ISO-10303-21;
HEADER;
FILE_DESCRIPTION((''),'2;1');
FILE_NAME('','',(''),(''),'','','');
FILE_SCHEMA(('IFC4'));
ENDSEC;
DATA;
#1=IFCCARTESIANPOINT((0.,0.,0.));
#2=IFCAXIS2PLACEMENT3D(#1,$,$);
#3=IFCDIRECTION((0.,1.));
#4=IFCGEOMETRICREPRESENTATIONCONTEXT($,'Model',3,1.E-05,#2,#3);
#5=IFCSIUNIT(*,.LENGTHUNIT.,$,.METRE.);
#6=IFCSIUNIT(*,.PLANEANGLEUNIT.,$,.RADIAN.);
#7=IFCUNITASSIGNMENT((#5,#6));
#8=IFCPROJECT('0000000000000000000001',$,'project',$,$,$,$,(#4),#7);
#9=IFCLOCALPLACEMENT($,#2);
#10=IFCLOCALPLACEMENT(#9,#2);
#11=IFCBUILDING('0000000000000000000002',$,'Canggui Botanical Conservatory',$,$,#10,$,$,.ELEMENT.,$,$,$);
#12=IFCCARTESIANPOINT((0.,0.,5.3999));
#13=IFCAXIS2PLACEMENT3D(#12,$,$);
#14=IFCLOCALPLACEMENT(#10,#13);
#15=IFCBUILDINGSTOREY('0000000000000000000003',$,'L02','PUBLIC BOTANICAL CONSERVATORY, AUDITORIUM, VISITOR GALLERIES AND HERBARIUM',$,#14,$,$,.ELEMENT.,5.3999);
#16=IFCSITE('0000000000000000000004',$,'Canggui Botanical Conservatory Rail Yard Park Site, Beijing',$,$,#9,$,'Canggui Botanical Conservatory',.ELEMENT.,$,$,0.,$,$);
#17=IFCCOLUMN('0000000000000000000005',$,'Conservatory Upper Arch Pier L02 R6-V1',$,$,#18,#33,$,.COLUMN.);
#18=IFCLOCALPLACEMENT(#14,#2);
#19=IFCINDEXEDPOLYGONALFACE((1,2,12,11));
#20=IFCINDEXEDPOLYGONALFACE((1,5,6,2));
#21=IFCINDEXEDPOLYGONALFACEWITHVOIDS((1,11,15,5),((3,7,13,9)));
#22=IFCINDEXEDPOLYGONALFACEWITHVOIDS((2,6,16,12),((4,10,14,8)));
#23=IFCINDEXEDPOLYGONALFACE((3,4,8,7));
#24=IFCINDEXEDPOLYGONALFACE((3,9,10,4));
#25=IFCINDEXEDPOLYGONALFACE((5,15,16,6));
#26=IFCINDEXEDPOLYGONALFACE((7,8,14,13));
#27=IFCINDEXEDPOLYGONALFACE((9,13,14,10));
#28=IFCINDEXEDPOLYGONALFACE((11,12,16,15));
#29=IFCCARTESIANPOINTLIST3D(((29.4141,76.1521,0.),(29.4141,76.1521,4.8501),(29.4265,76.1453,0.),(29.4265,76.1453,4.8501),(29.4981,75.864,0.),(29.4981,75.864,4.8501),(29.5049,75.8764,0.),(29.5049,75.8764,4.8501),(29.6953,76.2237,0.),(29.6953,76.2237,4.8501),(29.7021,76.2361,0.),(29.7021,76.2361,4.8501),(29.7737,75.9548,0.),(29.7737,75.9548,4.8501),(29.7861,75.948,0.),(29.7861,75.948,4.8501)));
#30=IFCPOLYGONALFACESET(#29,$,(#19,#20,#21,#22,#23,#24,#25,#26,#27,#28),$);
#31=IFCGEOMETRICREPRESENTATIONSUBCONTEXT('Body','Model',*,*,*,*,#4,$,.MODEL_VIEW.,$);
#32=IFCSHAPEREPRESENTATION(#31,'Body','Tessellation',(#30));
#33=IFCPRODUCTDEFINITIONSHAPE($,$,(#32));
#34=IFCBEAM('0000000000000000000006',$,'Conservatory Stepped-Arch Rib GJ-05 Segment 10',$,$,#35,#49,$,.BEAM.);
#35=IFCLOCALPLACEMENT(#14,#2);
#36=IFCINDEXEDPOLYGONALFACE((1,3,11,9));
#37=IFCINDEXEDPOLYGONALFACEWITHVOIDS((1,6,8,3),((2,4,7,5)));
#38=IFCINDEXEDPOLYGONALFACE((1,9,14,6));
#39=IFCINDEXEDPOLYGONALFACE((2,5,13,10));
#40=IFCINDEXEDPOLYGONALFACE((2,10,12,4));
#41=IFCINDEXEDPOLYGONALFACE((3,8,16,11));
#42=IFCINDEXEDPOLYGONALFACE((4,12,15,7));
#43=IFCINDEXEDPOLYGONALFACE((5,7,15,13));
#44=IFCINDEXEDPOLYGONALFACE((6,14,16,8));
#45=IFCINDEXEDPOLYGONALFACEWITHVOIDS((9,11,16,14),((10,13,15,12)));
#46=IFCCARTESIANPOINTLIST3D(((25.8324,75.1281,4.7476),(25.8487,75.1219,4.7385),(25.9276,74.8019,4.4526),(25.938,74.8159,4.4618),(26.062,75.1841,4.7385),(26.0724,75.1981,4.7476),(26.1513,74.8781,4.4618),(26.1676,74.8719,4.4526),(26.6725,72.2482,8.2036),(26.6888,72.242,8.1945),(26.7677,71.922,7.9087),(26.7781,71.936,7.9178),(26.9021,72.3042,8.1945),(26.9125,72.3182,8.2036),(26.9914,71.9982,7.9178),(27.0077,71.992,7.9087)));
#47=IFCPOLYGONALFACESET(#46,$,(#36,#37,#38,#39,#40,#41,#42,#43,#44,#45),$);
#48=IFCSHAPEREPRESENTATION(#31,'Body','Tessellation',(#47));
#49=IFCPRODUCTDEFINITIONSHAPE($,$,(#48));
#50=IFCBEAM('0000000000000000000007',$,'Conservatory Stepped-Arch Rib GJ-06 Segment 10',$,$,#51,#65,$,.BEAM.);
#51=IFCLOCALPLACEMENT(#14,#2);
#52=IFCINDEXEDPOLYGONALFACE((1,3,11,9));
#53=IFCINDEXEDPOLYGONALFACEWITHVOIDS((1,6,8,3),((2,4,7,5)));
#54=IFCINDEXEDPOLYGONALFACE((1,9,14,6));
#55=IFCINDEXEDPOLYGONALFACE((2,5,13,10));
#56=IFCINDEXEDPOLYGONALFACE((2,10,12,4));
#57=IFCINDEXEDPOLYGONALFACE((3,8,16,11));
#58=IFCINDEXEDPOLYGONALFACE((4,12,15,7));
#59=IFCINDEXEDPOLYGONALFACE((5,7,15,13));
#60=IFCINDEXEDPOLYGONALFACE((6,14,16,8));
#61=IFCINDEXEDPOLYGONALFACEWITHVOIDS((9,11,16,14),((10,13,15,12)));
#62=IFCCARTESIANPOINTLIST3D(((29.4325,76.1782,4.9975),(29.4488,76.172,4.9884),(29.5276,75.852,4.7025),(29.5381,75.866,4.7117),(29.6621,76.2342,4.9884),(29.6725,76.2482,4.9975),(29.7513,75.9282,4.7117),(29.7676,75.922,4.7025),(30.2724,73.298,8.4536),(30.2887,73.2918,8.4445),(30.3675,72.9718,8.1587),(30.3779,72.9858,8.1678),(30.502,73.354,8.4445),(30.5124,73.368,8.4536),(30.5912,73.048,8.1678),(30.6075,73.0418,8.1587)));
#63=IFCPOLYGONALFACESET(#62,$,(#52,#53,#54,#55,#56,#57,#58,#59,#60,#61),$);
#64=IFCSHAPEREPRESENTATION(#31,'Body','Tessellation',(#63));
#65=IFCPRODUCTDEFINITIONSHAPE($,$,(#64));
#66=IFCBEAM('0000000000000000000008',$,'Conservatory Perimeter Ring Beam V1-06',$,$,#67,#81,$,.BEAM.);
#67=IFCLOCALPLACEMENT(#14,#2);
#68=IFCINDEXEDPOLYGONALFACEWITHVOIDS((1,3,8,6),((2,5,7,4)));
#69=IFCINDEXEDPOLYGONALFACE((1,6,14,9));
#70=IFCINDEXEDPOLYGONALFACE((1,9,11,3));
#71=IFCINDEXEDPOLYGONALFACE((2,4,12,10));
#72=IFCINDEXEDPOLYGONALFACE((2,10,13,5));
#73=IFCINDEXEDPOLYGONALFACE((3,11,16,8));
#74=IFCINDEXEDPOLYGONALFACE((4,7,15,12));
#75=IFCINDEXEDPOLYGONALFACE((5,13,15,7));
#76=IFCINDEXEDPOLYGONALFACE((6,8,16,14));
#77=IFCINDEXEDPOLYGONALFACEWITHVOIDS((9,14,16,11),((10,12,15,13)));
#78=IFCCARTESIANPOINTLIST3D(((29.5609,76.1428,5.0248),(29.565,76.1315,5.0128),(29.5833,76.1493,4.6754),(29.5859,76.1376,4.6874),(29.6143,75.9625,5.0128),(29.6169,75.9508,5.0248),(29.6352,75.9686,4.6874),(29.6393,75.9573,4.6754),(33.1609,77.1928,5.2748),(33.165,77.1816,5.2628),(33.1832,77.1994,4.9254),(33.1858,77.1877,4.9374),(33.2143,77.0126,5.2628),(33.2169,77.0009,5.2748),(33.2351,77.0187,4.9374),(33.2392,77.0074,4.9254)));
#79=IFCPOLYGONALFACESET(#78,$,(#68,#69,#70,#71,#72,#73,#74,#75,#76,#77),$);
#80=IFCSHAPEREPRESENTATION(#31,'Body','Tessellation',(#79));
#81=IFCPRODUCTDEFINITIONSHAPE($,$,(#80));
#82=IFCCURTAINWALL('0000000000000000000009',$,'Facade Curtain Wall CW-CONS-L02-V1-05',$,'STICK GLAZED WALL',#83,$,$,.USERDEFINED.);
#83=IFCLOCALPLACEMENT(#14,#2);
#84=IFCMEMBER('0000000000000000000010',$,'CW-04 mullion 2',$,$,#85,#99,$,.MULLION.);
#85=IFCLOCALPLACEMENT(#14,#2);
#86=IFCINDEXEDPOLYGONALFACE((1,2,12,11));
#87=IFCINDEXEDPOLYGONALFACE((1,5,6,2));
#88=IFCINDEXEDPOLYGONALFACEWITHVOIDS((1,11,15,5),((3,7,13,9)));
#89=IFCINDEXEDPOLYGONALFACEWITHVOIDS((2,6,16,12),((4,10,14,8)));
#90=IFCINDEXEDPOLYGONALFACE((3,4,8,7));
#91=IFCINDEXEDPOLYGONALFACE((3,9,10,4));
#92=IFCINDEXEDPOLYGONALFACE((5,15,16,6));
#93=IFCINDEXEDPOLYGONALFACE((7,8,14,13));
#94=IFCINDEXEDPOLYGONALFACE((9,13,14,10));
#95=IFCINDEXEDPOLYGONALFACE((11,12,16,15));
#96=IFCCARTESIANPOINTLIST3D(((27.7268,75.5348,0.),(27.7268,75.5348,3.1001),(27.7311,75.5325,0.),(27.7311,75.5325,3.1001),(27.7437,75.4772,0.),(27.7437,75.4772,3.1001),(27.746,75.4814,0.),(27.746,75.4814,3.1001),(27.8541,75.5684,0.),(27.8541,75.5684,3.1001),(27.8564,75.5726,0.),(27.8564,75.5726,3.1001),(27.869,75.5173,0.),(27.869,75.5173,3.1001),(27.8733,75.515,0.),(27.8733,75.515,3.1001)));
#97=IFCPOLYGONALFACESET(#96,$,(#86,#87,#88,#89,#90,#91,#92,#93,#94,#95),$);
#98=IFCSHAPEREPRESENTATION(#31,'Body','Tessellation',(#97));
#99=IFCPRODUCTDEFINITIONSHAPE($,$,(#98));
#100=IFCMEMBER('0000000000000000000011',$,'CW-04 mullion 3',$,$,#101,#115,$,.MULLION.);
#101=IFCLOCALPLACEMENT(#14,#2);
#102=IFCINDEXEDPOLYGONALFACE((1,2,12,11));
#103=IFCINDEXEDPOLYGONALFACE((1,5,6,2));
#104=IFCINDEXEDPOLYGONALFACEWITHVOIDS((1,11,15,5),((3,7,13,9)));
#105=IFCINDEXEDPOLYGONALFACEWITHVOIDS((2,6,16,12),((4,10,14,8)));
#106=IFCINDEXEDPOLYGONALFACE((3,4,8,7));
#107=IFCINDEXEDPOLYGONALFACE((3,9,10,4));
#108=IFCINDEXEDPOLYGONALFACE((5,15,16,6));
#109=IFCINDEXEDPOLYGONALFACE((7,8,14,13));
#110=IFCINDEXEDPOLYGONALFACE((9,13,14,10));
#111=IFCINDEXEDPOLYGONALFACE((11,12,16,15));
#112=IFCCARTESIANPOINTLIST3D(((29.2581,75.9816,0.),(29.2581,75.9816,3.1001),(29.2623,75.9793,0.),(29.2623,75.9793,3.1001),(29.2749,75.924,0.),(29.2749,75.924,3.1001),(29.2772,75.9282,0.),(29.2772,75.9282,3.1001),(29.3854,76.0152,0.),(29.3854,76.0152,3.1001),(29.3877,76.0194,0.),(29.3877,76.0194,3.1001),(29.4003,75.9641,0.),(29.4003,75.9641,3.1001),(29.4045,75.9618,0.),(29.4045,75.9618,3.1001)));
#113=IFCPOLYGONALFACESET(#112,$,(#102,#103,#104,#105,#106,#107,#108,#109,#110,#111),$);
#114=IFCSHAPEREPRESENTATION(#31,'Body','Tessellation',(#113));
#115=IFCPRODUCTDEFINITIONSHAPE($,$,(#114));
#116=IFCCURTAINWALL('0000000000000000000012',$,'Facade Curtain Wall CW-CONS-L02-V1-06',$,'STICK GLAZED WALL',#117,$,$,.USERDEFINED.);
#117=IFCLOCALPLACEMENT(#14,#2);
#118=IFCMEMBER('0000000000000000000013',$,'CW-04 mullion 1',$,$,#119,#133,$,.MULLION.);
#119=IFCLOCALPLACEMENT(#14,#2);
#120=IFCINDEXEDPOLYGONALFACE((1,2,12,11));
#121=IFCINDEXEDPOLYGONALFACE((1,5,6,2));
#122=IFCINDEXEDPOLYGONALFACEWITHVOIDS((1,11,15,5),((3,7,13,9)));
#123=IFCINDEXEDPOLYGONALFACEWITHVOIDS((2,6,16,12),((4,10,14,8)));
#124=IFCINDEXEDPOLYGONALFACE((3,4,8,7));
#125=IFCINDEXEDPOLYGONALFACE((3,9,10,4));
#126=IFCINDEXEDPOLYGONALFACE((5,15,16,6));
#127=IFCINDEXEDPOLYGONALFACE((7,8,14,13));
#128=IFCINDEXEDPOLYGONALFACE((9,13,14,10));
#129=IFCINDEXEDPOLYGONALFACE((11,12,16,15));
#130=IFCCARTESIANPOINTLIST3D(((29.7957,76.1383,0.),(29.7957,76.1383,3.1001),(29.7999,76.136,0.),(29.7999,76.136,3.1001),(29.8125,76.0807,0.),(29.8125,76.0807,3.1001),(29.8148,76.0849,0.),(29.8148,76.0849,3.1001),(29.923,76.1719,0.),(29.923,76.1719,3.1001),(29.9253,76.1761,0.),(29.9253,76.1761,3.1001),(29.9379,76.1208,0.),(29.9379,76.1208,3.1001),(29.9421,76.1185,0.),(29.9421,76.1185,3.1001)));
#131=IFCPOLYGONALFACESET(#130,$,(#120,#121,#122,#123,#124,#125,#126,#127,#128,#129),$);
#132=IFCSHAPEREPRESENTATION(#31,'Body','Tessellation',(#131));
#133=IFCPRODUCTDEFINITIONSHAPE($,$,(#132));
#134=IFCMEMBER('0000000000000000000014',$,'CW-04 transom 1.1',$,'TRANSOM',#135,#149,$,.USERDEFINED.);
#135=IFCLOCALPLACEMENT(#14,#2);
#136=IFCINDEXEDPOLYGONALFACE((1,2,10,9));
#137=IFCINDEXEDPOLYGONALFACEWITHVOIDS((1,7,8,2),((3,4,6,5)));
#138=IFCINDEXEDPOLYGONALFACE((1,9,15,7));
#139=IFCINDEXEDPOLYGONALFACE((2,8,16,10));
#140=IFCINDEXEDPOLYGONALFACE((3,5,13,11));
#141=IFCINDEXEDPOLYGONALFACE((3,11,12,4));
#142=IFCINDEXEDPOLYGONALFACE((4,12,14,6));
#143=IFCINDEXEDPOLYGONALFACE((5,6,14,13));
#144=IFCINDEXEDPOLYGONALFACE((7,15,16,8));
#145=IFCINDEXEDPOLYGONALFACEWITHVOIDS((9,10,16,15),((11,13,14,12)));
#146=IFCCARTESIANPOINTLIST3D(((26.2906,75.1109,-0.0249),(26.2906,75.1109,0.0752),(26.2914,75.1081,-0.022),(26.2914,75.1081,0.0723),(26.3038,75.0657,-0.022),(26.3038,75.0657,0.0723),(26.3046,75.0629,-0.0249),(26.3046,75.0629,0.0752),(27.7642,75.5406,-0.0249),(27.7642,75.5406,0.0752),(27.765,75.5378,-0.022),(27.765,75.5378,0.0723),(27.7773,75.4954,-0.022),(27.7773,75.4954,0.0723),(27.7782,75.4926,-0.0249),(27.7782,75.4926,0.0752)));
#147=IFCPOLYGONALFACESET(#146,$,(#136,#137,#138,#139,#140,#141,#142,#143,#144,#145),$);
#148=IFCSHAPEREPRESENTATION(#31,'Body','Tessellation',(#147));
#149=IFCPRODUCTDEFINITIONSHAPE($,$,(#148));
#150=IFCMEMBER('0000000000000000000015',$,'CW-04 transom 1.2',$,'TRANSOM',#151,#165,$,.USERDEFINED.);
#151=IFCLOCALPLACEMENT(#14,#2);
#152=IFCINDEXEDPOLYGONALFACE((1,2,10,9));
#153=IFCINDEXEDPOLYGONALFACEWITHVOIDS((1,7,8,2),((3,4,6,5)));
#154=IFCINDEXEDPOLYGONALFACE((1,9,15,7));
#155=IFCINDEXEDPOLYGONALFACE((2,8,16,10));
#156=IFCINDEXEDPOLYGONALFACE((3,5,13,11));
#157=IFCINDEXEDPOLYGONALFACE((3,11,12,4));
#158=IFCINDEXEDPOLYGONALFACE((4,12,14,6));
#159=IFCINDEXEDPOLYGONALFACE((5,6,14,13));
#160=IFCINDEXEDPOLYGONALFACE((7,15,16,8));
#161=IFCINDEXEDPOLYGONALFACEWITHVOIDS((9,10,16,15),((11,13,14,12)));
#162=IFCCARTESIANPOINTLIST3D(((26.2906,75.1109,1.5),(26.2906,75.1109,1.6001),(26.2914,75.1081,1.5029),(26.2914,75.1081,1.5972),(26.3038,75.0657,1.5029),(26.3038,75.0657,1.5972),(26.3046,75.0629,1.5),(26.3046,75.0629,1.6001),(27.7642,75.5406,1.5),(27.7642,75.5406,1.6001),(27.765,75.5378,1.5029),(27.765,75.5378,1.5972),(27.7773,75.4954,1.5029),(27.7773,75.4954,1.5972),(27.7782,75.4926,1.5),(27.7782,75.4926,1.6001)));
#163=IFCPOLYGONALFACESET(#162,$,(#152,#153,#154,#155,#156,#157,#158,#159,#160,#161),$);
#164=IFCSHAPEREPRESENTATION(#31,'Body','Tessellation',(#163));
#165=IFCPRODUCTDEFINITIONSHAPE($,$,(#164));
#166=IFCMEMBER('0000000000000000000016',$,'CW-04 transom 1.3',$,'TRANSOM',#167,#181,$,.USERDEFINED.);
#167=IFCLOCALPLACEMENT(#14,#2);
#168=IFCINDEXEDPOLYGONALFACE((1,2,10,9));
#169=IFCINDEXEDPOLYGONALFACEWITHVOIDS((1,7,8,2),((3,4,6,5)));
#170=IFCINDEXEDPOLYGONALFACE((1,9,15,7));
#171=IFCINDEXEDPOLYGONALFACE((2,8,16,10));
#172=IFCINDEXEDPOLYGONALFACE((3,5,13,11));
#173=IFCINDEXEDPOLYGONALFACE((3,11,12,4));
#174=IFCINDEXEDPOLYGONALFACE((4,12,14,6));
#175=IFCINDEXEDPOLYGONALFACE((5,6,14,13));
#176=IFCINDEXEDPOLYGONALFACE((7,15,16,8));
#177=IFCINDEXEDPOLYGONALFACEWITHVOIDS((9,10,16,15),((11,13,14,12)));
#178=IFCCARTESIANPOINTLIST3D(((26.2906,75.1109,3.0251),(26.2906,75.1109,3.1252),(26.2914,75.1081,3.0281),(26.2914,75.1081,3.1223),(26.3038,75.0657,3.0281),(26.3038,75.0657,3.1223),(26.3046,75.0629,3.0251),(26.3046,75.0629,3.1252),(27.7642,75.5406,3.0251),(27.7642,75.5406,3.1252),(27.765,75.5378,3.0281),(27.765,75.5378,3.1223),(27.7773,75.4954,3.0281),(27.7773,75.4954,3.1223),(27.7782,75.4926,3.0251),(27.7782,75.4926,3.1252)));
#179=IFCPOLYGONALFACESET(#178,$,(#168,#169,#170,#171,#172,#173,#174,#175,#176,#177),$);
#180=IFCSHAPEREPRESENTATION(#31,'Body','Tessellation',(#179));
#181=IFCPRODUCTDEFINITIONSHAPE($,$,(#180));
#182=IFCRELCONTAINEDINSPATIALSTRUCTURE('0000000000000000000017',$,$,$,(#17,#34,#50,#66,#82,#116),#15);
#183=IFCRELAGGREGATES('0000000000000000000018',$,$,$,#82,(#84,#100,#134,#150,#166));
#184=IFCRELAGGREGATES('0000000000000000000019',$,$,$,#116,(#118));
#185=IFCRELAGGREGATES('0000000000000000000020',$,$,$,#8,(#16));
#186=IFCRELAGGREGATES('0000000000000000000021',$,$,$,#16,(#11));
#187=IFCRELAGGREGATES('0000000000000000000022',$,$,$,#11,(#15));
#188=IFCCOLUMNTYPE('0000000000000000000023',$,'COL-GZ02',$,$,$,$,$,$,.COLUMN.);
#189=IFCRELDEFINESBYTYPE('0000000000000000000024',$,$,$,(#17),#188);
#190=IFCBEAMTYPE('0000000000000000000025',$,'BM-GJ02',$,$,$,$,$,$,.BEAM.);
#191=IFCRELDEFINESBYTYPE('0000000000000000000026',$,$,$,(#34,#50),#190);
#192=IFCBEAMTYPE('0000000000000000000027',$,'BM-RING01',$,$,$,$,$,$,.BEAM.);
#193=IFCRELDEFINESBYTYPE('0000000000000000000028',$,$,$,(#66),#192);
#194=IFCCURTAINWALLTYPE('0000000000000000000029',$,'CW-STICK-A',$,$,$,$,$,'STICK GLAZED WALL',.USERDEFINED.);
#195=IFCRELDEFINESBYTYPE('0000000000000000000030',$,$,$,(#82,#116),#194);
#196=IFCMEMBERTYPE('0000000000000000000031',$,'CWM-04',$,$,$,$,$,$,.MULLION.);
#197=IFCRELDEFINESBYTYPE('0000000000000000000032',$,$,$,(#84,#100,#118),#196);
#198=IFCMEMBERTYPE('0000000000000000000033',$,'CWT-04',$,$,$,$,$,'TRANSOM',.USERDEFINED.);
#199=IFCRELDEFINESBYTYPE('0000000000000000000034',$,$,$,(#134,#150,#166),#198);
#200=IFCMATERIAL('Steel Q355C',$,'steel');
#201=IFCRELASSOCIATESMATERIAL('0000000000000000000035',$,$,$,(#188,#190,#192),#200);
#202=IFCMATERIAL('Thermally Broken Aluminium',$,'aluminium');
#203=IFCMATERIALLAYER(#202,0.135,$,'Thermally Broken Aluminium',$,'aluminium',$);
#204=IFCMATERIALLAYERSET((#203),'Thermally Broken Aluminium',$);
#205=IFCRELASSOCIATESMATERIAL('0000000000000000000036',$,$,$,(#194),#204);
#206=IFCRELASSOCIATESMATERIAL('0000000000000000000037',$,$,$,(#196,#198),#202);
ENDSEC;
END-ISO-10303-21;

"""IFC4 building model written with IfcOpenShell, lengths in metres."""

from ifc_helpers import new_model, si_unit, direction, frame, origin, origin_2d, place, context, subcontext, project, spatial, hollow_rectangle, extrude, material, layer, layer_set, material_profile, profile_set, type_object, element, aggregate, save


model = new_model("IFC4")

# Units and contexts
model_context = context("Model", 3, precision=1e-05, world=origin(), true_north=direction((0.0, 1.0)))
body_context = subcontext(model_context, "Body", "Model", "MODEL_VIEW")
ifc_project = project(units=[si_unit("LENGTHUNIT", "METRE"), si_unit("PLANEANGLEUNIT", "RADIAN")], contexts=[model_context])

# Site, building, storey
site_placement = place(None, origin())
site = spatial("IfcSite", under=ifc_project, at=site_placement, Name="Canggui Botanical Conservatory Rail Yard Park Site, Beijing", LongName="Canggui Botanical Conservatory", CompositionType="ELEMENT", RefElevation=0.0)
building_placement = place(site_placement, origin())
building = spatial("IfcBuilding", under=site, at=building_placement, Name="Canggui Botanical Conservatory", CompositionType="ELEMENT")
storey_placement = place(building_placement, frame((0.0, 0.0, 5.3999)))
storey = spatial("IfcBuildingStorey", under=building, at=storey_placement, Name="L02", Description="PUBLIC BOTANICAL CONSERVATORY, AUDITORIUM, VISITOR GALLERIES AND HERBARIUM", CompositionType="ELEMENT", Elevation=5.3999)

# Column
ifc_material_1 = material(Name="Steel Q355C", Category="steel")
ifc_material_profile_1 = material_profile(ifc_material_1, hollow_rectangle(XDim=0.3, YDim=0.3, WallThickness=0.01, at=origin_2d()), Name="SHS 300x300x10")
ifc_profile_set_1 = profile_set([ifc_material_profile_1], Name="Steel Q355C")
column_type = type_object("IfcColumnType", Name="COL-GZ02", PredefinedType="COLUMN", material=ifc_profile_set_1)
column_placement = place(storey_placement, frame((29.6001, 76.05, 0.0), z_axis=(0.0, 0.0, 1.0), x_axis=(0.96, 0.28, 0.0)))
element("IfcColumn", 1, at=column_placement, inside=storey, type_object=column_type, Name="Conservatory Upper Arch Pier L02 R6-V1", PredefinedType="COLUMN", context=body_context, shape_type="SweptSolid", body=[
    extrude(hollow_rectangle(XDim=0.3, YDim=0.3, WallThickness=0.01, at=origin_2d()), origin(), (0.0, 0.0, 1.0), 4.8501),
])

# Beams
ifc_material_profile_2 = material_profile(ifc_material_1, hollow_rectangle(XDim=0.25, YDim=0.45, WallThickness=0.0139, at=origin_2d()), Name="RHS 250x450x14")
ifc_profile_set_2 = profile_set([ifc_material_profile_2], Name="Steel Q355C")
beam_type_1 = type_object("IfcBeamType", Name="BM-GJ02", PredefinedType="BEAM", material=ifc_profile_set_2)
beam_1_placement = place(storey_placement, frame((26.8401, 72.1201, 8.0562), z_axis=(-0.183568, 0.629285, -0.755184), x_axis=(-0.959989, -0.280038, 0.0)))
element("IfcBeam", 2, at=beam_1_placement, inside=storey, type_object=beam_type_1, Name="Conservatory Stepped-Arch Rib GJ-05 Segment 10", PredefinedType="BEAM", context=body_context, shape_type="SweptSolid", body=[
    extrude(hollow_rectangle(XDim=0.25, YDim=0.45, WallThickness=0.0139, at=origin_2d()), origin(), (0.0, 0.0, 1.0), 4.5764),
])
beam_2_placement = place(storey_placement, frame((30.4399, 73.1699, 8.3062), z_axis=(-0.18351, 0.629323, -0.755166), x_axis=(-0.960017, -0.279941, 0.0)))
element("IfcBeam", 3, at=beam_2_placement, inside=storey, type_object=beam_type_1, Name="Conservatory Stepped-Arch Rib GJ-06 Segment 10", PredefinedType="BEAM", context=body_context, shape_type="SweptSolid", body=[
    extrude(hollow_rectangle(XDim=0.25, YDim=0.45, WallThickness=0.0139, at=origin_2d()), origin(), (0.0, 0.0, 1.0), 4.5767),
])
ifc_material_profile_3 = material_profile(ifc_material_1, hollow_rectangle(XDim=0.2, YDim=0.3501, WallThickness=0.012, at=origin_2d()), Name="RHS 200x350x12")
ifc_profile_set_3 = profile_set([ifc_material_profile_3], Name="Steel Q355C")
beam_type_2 = type_object("IfcBeamType", Name="BM-RING01", PredefinedType="BEAM", material=ifc_profile_set_3)
beam_3_placement = place(storey_placement, frame((29.6001, 76.05, 4.8501), z_axis=(0.957867, 0.279402, 0.066521), x_axis=(-0.280023, 0.959993, 0.0)))
element("IfcBeam", 4, at=beam_3_placement, inside=storey, type_object=beam_type_2, Name="Conservatory Perimeter Ring Beam V1-06", PredefinedType="BEAM", context=body_context, shape_type="SweptSolid", body=[
    extrude(hollow_rectangle(XDim=0.2, YDim=0.3501, WallThickness=0.012, at=origin_2d()), origin(), (0.0, 0.0, 1.0), 3.7583),
])

# Curtain wall, members
ifc_material_2 = material(Name="Thermally Broken Aluminium", Category="aluminium")
ifc_layer_1 = layer(ifc_material_2, 0.135, Name="Thermally Broken Aluminium", Category="aluminium")
ifc_layer_set_1 = layer_set([ifc_layer_1], Name="Thermally Broken Aluminium")
curtain_wall_type = type_object("IfcCurtainWallType", Name="CW-STICK-A", ElementType="STICK GLAZED WALL", PredefinedType="USERDEFINED", material=ifc_layer_set_1)
curtain_wall_1_placement = place(storey_placement, origin())
curtain_wall_1 = element("IfcCurtainWall", 5, at=curtain_wall_1_placement, inside=storey, type_object=curtain_wall_type, Name="Facade Curtain Wall CW-CONS-L02-V1-05", ObjectType="STICK GLAZED WALL", PredefinedType="USERDEFINED")
ifc_material_profile_4 = material_profile(ifc_material_2, hollow_rectangle(XDim=0.0601, YDim=0.135, WallThickness=0.0034, at=origin_2d()), Name="CWM 60x135x3.5")
ifc_profile_set_4 = profile_set([ifc_material_profile_4], Name="Thermally Broken Aluminium")
member_type_1 = type_object("IfcMemberType", Name="CWM-04", PredefinedType="MULLION", material=ifc_profile_set_4)
member_1_placement = place(storey_placement, frame((27.8, 75.5249, 0.0), z_axis=(0.0, 0.0, 1.0), x_axis=(-0.28, 0.96, 0.0)))
member_1 = element("IfcMember", 6, at=member_1_placement, type_object=member_type_1, Name="CW-04 mullion 2", PredefinedType="MULLION", context=body_context, shape_type="SweptSolid", body=[
    extrude(hollow_rectangle(XDim=0.0601, YDim=0.135, WallThickness=0.0034, at=origin_2d()), origin(), (0.0, 0.0, 1.0), 3.1001),
])
member_2_placement = place(storey_placement, frame((29.3313, 75.9717, 0.0), z_axis=(0.0, 0.0, 1.0), x_axis=(-0.28, 0.96, 0.0)))
member_2 = element("IfcMember", 7, at=member_2_placement, type_object=member_type_1, Name="CW-04 mullion 3", PredefinedType="MULLION", context=body_context, shape_type="SweptSolid", body=[
    extrude(hollow_rectangle(XDim=0.0601, YDim=0.135, WallThickness=0.0034, at=origin_2d()), origin(), (0.0, 0.0, 1.0), 3.1001),
])

# Curtain wall, member
curtain_wall_2_placement = place(storey_placement, origin())
curtain_wall_2 = element("IfcCurtainWall", 8, at=curtain_wall_2_placement, inside=storey, type_object=curtain_wall_type, Name="Facade Curtain Wall CW-CONS-L02-V1-06", ObjectType="STICK GLAZED WALL", PredefinedType="USERDEFINED")
member_3_placement = place(storey_placement, frame((29.8689, 76.1284, 0.0), z_axis=(0.0, 0.0, 1.0), x_axis=(-0.28, 0.96, 0.0)))
member_3 = element("IfcMember", 9, at=member_3_placement, type_object=member_type_1, Name="CW-04 mullion 1", PredefinedType="MULLION", context=body_context, shape_type="SweptSolid", body=[
    extrude(hollow_rectangle(XDim=0.0601, YDim=0.135, WallThickness=0.0034, at=origin_2d()), origin(), (0.0, 0.0, 1.0), 3.1001),
])

# Members
ifc_material_profile_5 = material_profile(ifc_material_2, hollow_rectangle(XDim=0.05, YDim=0.1001, WallThickness=0.0029, at=origin_2d()), Name="CWT 50x100x3")
ifc_profile_set_5 = profile_set([ifc_material_profile_5], Name="Thermally Broken Aluminium")
member_type_2 = type_object("IfcMemberType", Name="CWT-04", ElementType="TRANSOM", PredefinedType="USERDEFINED", material=ifc_profile_set_5)
member_4_placement = place(storey_placement, frame((26.2976, 75.0869, 0.0251), z_axis=(0.960021, 0.279927, 0.0), x_axis=(-0.279927, 0.960021, 0.0)))
member_4 = element("IfcMember", 10, at=member_4_placement, type_object=member_type_2, Name="CW-04 transom 1.1", ObjectType="TRANSOM", PredefinedType="USERDEFINED", context=body_context, shape_type="SweptSolid", body=[
    extrude(hollow_rectangle(XDim=0.05, YDim=0.1001, WallThickness=0.0029, at=origin_2d()), origin(), (0.0, 0.0, 1.0), 1.5349),
])
member_5_placement = place(storey_placement, frame((26.2976, 75.0869, 1.55), z_axis=(0.960021, 0.279927, 0.0), x_axis=(-0.279927, 0.960021, 0.0)))
member_5 = element("IfcMember", 11, at=member_5_placement, type_object=member_type_2, Name="CW-04 transom 1.2", ObjectType="TRANSOM", PredefinedType="USERDEFINED", context=body_context, shape_type="SweptSolid", body=[
    extrude(hollow_rectangle(XDim=0.05, YDim=0.1001, WallThickness=0.0029, at=origin_2d()), origin(), (0.0, 0.0, 1.0), 1.5349),
])
member_6_placement = place(storey_placement, frame((26.2976, 75.0869, 3.0752), z_axis=(0.960021, 0.279927, 0.0), x_axis=(-0.279927, 0.960021, 0.0)))
member_6 = element("IfcMember", 12, at=member_6_placement, type_object=member_type_2, Name="CW-04 transom 1.3", ObjectType="TRANSOM", PredefinedType="USERDEFINED", context=body_context, shape_type="SweptSolid", body=[
    extrude(hollow_rectangle(XDim=0.05, YDim=0.1001, WallThickness=0.0029, at=origin_2d()), origin(), (0.0, 0.0, 1.0), 1.5349),
])

aggregate(curtain_wall_1, [member_1, member_2, member_4, member_5, member_6])
aggregate(curtain_wall_2, [member_3])

save(model, "model.ifc")
